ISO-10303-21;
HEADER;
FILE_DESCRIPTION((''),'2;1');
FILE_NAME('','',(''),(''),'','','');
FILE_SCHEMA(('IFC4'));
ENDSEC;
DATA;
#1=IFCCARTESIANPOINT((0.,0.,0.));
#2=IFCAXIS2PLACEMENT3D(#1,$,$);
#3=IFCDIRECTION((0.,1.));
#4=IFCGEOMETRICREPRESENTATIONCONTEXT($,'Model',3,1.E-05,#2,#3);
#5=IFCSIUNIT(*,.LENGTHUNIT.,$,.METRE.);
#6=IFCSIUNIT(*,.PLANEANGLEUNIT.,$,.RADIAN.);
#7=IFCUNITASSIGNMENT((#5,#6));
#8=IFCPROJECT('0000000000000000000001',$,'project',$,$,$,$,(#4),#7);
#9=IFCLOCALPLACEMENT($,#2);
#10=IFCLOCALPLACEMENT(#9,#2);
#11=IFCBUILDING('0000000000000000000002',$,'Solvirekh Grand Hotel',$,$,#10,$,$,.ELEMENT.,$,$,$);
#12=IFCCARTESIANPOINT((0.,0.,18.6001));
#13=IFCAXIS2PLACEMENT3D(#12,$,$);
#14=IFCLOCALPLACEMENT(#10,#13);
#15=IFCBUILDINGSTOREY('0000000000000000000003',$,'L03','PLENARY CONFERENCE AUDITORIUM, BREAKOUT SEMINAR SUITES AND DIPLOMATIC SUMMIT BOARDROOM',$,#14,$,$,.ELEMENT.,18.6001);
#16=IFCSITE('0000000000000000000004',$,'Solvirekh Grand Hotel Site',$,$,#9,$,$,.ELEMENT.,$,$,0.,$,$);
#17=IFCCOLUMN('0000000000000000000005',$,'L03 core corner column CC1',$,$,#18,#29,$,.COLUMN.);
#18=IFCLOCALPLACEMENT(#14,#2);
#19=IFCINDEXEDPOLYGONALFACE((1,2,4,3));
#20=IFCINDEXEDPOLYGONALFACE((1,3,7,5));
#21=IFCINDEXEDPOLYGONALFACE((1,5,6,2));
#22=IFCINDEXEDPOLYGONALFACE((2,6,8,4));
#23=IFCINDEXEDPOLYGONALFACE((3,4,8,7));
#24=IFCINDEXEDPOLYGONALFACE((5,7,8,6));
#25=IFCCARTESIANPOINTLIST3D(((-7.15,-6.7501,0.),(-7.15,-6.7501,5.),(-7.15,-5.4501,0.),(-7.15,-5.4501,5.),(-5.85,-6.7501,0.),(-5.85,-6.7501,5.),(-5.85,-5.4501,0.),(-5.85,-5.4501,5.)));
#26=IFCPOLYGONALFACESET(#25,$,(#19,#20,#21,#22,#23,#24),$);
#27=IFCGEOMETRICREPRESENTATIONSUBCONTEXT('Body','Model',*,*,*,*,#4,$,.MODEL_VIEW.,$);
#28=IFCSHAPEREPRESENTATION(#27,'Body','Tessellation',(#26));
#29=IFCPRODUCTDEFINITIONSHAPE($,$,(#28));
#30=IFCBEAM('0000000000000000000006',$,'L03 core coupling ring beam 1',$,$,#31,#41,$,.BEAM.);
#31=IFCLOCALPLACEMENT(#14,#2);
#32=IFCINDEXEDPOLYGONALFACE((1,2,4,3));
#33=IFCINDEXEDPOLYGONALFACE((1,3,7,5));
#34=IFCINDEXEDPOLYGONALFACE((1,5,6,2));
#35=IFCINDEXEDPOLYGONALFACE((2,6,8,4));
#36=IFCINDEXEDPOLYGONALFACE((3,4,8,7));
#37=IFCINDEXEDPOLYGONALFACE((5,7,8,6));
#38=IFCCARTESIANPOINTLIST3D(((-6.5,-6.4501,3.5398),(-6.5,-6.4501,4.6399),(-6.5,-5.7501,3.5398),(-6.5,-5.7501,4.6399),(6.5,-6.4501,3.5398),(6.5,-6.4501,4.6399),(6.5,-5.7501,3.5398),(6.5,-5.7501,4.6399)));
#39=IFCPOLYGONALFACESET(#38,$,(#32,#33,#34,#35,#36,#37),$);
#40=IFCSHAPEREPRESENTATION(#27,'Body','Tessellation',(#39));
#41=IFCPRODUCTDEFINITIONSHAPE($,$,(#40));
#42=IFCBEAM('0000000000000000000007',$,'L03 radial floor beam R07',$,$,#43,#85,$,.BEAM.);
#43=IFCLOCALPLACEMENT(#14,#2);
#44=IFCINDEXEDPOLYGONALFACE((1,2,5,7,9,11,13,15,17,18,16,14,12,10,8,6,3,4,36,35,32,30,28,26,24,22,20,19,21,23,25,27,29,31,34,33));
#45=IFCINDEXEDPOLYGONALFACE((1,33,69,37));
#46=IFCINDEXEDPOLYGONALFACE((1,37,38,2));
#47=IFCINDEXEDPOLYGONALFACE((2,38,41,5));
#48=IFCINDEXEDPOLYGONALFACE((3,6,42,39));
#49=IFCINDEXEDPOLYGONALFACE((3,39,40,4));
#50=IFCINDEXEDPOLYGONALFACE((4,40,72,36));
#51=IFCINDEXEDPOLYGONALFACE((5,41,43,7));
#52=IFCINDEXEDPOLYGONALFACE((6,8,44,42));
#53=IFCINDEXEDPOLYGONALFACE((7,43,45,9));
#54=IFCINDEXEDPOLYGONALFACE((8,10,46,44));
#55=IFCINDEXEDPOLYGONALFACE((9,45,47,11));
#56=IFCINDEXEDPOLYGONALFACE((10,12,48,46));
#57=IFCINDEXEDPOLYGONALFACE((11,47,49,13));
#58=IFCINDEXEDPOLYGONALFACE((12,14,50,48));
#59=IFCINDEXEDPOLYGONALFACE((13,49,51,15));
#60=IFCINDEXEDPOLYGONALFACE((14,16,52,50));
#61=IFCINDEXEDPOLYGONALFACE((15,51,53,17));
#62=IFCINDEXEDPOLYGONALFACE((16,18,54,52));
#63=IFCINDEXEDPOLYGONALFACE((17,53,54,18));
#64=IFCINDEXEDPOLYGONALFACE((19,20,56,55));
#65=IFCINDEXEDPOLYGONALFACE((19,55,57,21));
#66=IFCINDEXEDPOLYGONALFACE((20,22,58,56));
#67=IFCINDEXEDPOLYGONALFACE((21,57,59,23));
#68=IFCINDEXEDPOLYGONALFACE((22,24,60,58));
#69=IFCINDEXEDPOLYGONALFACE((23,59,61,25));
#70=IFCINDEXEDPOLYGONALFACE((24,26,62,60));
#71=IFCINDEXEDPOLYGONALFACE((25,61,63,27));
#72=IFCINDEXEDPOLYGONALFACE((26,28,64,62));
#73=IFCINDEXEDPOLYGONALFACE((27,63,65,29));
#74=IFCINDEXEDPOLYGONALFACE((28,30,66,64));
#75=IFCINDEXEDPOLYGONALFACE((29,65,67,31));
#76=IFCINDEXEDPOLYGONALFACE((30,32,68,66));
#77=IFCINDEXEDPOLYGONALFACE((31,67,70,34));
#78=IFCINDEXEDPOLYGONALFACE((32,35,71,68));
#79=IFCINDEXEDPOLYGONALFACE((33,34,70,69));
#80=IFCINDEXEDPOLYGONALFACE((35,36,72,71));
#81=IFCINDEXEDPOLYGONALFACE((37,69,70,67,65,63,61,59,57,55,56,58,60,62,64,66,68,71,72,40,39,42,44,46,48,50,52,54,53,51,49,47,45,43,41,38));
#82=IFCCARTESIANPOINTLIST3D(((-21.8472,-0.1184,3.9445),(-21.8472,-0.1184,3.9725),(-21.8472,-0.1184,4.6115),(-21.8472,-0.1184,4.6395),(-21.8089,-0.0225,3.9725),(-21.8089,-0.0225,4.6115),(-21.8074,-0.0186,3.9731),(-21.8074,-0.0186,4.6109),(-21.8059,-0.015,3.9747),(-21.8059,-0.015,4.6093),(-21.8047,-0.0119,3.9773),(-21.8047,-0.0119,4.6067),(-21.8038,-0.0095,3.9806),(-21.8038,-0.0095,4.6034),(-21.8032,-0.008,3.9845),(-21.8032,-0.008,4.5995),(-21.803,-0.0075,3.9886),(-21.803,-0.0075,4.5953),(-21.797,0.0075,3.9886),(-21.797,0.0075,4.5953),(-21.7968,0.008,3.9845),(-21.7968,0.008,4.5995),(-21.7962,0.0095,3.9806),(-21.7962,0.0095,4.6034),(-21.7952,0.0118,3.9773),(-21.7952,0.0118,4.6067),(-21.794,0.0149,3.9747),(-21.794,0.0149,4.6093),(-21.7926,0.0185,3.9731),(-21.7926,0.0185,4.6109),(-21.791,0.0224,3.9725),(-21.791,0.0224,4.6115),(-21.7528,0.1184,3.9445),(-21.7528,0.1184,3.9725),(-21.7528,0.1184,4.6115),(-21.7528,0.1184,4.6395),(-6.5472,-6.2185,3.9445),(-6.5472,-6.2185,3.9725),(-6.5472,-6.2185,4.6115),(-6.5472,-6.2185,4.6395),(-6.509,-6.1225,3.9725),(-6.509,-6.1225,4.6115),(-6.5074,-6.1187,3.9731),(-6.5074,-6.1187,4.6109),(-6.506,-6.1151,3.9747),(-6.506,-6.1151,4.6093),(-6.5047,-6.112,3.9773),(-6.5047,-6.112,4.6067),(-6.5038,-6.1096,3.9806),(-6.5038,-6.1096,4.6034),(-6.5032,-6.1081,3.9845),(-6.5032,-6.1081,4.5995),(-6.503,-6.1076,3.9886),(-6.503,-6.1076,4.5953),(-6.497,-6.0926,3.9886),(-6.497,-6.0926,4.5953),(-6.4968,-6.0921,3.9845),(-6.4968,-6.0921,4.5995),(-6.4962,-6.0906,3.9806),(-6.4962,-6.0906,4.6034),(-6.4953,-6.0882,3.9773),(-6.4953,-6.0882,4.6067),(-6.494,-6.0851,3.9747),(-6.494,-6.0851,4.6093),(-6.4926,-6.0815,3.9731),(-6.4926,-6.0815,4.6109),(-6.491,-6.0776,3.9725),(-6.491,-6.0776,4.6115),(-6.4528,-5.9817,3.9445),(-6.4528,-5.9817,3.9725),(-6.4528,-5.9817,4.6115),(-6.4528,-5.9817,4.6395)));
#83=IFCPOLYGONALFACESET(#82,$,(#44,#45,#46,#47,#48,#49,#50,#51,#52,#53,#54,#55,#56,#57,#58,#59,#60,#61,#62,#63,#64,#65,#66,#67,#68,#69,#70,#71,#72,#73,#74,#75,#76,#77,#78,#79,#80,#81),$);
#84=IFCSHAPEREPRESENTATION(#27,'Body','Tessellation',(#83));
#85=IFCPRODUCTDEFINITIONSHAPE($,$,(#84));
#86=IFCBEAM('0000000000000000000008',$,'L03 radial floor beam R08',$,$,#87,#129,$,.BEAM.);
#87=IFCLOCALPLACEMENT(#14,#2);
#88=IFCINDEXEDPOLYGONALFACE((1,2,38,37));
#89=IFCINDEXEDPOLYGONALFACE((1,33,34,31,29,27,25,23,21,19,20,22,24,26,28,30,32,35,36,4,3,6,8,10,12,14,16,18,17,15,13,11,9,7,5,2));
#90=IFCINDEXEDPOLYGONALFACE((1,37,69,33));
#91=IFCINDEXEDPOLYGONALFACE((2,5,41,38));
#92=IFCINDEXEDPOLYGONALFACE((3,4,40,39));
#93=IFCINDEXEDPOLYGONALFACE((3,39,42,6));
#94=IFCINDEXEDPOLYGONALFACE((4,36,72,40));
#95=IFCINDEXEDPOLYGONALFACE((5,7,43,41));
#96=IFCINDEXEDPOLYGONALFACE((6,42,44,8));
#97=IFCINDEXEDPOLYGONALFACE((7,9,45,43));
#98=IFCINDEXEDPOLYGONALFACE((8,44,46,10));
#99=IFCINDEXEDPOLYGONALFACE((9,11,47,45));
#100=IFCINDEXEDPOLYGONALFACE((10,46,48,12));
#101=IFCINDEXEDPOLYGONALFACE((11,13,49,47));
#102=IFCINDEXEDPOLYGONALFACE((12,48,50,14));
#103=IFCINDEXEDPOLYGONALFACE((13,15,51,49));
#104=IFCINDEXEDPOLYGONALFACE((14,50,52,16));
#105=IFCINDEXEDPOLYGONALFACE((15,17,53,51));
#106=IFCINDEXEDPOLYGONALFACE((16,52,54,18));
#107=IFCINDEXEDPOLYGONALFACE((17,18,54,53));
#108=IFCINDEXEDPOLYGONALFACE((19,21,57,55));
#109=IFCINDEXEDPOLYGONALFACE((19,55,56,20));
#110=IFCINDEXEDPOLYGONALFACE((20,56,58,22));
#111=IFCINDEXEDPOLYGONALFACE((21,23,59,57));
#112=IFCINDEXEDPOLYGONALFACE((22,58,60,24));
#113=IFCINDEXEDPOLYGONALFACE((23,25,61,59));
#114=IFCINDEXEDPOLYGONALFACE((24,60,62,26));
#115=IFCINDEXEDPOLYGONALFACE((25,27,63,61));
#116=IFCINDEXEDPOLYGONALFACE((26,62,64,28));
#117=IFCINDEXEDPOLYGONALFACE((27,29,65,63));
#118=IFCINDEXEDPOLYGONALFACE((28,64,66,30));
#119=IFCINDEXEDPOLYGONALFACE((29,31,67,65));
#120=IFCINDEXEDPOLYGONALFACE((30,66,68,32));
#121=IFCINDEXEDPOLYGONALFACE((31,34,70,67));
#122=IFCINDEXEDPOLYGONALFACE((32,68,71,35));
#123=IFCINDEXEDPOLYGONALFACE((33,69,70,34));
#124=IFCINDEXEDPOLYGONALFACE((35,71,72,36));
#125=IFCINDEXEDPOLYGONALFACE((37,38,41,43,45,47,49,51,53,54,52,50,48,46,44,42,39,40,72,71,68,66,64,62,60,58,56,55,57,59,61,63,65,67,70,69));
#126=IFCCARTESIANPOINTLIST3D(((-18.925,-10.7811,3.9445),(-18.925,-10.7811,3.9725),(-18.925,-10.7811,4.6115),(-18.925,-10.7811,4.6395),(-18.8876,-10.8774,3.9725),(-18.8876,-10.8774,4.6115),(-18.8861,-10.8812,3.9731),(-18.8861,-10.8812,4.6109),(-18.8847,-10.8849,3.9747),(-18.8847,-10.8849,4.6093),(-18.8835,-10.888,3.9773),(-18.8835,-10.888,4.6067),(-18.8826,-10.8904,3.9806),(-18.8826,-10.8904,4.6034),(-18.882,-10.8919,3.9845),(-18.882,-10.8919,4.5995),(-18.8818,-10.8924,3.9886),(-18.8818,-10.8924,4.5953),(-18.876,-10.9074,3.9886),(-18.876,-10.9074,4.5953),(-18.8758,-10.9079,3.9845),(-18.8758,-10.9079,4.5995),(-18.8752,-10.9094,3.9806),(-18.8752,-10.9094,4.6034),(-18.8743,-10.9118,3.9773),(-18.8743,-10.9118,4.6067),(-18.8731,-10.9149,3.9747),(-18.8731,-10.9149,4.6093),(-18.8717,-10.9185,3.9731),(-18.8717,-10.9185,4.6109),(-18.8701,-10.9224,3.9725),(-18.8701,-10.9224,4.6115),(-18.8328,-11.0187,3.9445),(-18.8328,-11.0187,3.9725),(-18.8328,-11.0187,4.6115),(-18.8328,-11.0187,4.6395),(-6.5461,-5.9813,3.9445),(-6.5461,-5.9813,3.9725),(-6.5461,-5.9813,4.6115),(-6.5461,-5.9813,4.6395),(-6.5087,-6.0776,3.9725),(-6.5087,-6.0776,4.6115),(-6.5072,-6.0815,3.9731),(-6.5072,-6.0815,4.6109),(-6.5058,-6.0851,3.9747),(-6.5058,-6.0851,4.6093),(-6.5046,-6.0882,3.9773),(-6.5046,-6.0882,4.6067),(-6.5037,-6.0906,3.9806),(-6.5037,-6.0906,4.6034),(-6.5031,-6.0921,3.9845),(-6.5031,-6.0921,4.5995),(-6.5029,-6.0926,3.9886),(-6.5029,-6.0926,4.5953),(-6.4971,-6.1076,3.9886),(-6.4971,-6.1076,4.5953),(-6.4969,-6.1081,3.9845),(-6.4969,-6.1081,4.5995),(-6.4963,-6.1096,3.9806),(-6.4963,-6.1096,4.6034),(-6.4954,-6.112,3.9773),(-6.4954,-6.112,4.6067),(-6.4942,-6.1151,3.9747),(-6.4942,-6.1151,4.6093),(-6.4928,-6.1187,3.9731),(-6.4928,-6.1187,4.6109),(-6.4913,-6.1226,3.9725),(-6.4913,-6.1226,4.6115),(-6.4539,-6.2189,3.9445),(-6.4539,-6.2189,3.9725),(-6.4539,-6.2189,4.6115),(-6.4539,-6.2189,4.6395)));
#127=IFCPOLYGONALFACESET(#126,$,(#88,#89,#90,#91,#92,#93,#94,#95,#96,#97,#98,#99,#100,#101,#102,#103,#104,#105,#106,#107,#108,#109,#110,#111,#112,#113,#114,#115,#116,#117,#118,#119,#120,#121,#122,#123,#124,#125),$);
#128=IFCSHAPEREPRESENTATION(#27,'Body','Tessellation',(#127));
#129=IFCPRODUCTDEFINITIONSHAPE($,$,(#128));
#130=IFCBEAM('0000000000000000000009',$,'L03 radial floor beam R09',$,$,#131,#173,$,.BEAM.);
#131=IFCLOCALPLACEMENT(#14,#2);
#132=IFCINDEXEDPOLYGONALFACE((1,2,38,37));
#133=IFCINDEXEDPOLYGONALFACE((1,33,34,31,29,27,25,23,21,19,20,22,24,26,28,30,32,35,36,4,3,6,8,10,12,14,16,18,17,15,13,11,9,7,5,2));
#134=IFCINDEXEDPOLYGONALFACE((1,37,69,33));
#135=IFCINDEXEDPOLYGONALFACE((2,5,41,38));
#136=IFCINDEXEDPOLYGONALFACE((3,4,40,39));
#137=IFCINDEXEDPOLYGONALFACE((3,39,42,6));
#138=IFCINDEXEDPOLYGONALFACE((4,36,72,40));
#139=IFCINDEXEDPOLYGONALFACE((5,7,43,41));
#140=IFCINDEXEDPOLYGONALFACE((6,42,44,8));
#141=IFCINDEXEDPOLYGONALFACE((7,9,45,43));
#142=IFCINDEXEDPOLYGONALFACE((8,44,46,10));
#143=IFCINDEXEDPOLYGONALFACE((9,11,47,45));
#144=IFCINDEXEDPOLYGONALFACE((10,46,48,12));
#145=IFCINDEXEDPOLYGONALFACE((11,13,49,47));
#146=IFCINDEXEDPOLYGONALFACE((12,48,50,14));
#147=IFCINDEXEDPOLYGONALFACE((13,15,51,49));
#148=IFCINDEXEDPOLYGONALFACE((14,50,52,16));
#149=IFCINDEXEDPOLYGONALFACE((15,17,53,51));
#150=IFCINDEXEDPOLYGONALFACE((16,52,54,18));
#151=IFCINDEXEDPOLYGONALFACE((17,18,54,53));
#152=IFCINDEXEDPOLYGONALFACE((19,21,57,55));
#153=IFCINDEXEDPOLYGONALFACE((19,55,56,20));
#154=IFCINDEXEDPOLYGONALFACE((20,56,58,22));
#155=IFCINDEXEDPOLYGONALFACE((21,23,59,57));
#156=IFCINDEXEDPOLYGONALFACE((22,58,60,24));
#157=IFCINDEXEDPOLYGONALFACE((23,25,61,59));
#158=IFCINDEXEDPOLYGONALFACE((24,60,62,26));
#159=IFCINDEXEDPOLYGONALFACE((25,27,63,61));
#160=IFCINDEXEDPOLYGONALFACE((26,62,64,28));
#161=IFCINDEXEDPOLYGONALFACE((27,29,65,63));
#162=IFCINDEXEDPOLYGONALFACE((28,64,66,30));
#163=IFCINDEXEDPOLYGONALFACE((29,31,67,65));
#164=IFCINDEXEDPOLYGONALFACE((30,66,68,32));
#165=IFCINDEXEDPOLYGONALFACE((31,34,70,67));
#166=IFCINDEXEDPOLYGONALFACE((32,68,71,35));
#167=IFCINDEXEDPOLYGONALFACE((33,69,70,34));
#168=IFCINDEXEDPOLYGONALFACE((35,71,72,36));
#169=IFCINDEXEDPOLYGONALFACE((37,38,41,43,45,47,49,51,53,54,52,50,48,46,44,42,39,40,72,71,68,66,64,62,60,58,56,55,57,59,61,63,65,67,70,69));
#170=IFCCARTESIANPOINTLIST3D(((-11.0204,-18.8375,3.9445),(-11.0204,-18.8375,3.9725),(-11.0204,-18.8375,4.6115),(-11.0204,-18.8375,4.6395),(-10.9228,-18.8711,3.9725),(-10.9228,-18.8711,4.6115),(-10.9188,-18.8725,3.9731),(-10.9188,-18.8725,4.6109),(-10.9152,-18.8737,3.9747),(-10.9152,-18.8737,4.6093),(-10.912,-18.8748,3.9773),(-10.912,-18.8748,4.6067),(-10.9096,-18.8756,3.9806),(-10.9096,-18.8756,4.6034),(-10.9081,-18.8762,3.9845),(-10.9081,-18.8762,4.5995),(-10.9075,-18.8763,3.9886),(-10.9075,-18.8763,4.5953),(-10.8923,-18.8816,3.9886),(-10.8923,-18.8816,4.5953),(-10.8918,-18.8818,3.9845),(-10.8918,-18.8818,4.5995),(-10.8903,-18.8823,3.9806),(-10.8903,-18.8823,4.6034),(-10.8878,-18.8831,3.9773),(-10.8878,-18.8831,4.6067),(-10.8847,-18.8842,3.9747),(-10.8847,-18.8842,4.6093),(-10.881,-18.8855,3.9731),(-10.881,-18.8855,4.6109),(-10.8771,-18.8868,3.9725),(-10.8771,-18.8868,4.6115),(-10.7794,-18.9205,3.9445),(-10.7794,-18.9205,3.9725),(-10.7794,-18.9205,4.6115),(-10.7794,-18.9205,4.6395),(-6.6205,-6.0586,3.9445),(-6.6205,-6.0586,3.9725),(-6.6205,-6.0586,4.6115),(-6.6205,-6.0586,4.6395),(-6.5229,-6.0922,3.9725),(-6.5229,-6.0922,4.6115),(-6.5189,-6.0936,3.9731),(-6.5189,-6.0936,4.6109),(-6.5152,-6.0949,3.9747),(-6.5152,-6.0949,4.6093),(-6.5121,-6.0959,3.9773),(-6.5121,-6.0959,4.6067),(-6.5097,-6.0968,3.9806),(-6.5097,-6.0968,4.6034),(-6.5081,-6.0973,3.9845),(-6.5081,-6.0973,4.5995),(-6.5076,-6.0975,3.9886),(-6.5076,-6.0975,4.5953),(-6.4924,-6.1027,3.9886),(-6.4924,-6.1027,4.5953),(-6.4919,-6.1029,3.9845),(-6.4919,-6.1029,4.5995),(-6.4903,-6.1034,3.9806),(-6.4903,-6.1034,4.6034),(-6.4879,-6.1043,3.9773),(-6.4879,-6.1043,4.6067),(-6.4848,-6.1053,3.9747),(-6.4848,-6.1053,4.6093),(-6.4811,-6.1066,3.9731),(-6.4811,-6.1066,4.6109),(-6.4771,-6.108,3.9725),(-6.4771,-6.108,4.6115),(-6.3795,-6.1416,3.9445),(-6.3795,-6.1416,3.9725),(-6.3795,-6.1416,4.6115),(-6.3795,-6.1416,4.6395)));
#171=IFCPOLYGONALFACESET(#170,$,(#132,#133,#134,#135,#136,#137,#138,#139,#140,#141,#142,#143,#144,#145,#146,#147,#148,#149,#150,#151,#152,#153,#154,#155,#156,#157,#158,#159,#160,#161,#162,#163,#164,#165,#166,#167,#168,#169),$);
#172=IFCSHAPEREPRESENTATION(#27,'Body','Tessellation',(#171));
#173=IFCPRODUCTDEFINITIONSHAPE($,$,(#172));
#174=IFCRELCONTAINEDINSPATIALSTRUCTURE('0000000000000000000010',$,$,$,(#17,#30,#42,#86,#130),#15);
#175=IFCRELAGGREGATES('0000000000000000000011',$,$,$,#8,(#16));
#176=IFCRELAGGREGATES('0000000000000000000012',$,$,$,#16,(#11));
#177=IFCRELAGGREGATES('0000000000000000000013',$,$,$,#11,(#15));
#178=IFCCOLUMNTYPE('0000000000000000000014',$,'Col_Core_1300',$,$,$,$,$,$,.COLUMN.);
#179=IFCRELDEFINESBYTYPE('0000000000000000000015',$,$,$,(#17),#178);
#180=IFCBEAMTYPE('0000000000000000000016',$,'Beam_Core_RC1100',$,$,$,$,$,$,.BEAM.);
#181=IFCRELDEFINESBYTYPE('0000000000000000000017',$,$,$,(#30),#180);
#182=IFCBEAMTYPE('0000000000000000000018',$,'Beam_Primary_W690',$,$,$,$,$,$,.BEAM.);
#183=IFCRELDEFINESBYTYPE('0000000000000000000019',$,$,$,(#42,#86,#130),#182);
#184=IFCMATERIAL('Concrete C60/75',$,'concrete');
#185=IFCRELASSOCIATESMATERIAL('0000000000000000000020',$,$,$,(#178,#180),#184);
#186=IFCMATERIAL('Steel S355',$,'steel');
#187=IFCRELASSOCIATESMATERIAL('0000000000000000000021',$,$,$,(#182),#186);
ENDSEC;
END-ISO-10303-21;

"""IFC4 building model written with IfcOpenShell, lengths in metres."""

from ifc_helpers import new_model, si_unit, direction, frame, origin, origin_2d, place, context, subcontext, project, spatial, rectangle, i_section, extrude, material, material_profile, profile_set, type_object, element, save


model = new_model("IFC4")

# Units and contexts
model_context = context("Model", 3, precision=1e-05, world=origin(), true_north=direction((0.0, 1.0)))
body_context = subcontext(model_context, "Body", "Model", "MODEL_VIEW")
ifc_project = project(units=[si_unit("LENGTHUNIT", "METRE"), si_unit("PLANEANGLEUNIT", "RADIAN")], contexts=[model_context])

# Site, building, storey
site_placement = place(None, origin())
site = spatial("IfcSite", under=ifc_project, at=site_placement, Name="Solvirekh Grand Hotel Site", CompositionType="ELEMENT", RefElevation=0.0)
building_placement = place(site_placement, origin())
building = spatial("IfcBuilding", under=site, at=building_placement, Name="Solvirekh Grand Hotel", CompositionType="ELEMENT")
storey_placement = place(building_placement, frame((0.0, 0.0, 18.6001)))
storey = spatial("IfcBuildingStorey", under=building, at=storey_placement, Name="L03", Description="PLENARY CONFERENCE AUDITORIUM, BREAKOUT SEMINAR SUITES AND DIPLOMATIC SUMMIT BOARDROOM", CompositionType="ELEMENT", Elevation=18.6001)

# Column
ifc_material_1 = material(Name="Concrete C60/75", Category="concrete")
ifc_material_profile_1 = material_profile(ifc_material_1, rectangle(XDim=1.3, YDim=1.3, at=origin_2d()), Name="RC 1300X1300")
ifc_profile_set_1 = profile_set([ifc_material_profile_1], Name="Concrete C60/75")
column_type = type_object("IfcColumnType", Name="Col_Core_1300", PredefinedType="COLUMN", material=ifc_profile_set_1)
column_placement = place(storey_placement, frame((-6.5, -6.1001, 0.0), z_axis=(0.0, 0.0, 1.0), x_axis=(1.0, 0.0, 0.0)))
element("IfcColumn", 1, at=column_placement, inside=storey, type_object=column_type, Name="L03 core corner column CC1", PredefinedType="COLUMN", context=body_context, shape_type="SweptSolid", body=[
    extrude(rectangle(XDim=1.3, YDim=1.3, at=origin_2d()), origin(), (0.0, 0.0, 1.0), 5.0),
])

# Beams
ifc_material_profile_2 = material_profile(ifc_material_1, rectangle(XDim=0.7, YDim=1.1001, at=origin_2d()), Name="RC BEAM 700X1100")
ifc_profile_set_2 = profile_set([ifc_material_profile_2], Name="Concrete C60/75")
beam_type_1 = type_object("IfcBeamType", Name="Beam_Core_RC1100", PredefinedType="BEAM", material=ifc_profile_set_2)
beam_1_placement = place(storey_placement, frame((-6.5, -6.1001, 4.0898), z_axis=(1.0, 0.0, 0.0), x_axis=(0.0, 1.0, 0.0)))
element("IfcBeam", 2, at=beam_1_placement, inside=storey, type_object=beam_type_1, Name="L03 core coupling ring beam 1", PredefinedType="BEAM", context=body_context, shape_type="SweptSolid", body=[
    extrude(rectangle(XDim=0.7, YDim=1.1001, at=origin_2d()), origin(), (0.0, 0.0, 1.0), 13.0),
])
ifc_material_2 = material(Name="Steel S355", Category="steel")
ifc_material_profile_3 = material_profile(ifc_material_2, i_section(OverallWidth=0.2549, OverallDepth=0.6951, WebThickness=0.0161, FlangeThickness=0.0281, FilletRadius=0.0161, at=origin_2d()), Name="W690X217")
ifc_profile_set_3 = profile_set([ifc_material_profile_3], Name="Steel S355")
beam_type_2 = type_object("IfcBeamType", Name="Beam_Primary_W690", PredefinedType="BEAM", material=ifc_profile_set_3)
beam_2_placement = place(storey_placement, frame((-6.5, -6.1001, 4.292), z_axis=(-0.928893, 0.370348, 0.0), x_axis=(-0.370348, -0.928893, 0.0)))
element("IfcBeam", 3, at=beam_2_placement, inside=storey, type_object=beam_type_2, Name="L03 radial floor beam R07", PredefinedType="BEAM", context=body_context, shape_type="SweptSolid", body=[
    extrude(i_section(OverallWidth=0.2549, OverallDepth=0.6951, WebThickness=0.0161, FlangeThickness=0.0281, FilletRadius=0.0161, at=origin_2d()), origin(), (0.0, 0.0, 1.0), 16.4712),
])
beam_3_placement = place(storey_placement, frame((-6.5, -6.1001, 4.292), z_axis=(-0.932366, -0.361516, 0.0), x_axis=(0.361516, -0.932366, 0.0)))
element("IfcBeam", 4, at=beam_3_placement, inside=storey, type_object=beam_type_2, Name="L03 radial floor beam R08", PredefinedType="BEAM", context=body_context, shape_type="SweptSolid", body=[
    extrude(i_section(OverallWidth=0.2549, OverallDepth=0.6951, WebThickness=0.0161, FlangeThickness=0.0281, FilletRadius=0.0161, at=origin_2d()), origin(), (0.0, 0.0, 1.0), 13.2769),
])
beam_4_placement = place(storey_placement, frame((-6.5, -6.1001, 4.292), z_axis=(-0.325555, -0.945523, 0.0), x_axis=(0.945523, -0.325555, 0.0)))
element("IfcBeam", 5, at=beam_4_placement, inside=storey, type_object=beam_type_2, Name="L03 radial floor beam R09", PredefinedType="BEAM", context=body_context, shape_type="SweptSolid", body=[
    extrude(i_section(OverallWidth=0.2549, OverallDepth=0.6951, WebThickness=0.0161, FlangeThickness=0.0281, FilletRadius=0.0161, at=origin_2d()), origin(), (0.0, 0.0, 1.0), 13.5151),
])

save(model, "model.ifc")
